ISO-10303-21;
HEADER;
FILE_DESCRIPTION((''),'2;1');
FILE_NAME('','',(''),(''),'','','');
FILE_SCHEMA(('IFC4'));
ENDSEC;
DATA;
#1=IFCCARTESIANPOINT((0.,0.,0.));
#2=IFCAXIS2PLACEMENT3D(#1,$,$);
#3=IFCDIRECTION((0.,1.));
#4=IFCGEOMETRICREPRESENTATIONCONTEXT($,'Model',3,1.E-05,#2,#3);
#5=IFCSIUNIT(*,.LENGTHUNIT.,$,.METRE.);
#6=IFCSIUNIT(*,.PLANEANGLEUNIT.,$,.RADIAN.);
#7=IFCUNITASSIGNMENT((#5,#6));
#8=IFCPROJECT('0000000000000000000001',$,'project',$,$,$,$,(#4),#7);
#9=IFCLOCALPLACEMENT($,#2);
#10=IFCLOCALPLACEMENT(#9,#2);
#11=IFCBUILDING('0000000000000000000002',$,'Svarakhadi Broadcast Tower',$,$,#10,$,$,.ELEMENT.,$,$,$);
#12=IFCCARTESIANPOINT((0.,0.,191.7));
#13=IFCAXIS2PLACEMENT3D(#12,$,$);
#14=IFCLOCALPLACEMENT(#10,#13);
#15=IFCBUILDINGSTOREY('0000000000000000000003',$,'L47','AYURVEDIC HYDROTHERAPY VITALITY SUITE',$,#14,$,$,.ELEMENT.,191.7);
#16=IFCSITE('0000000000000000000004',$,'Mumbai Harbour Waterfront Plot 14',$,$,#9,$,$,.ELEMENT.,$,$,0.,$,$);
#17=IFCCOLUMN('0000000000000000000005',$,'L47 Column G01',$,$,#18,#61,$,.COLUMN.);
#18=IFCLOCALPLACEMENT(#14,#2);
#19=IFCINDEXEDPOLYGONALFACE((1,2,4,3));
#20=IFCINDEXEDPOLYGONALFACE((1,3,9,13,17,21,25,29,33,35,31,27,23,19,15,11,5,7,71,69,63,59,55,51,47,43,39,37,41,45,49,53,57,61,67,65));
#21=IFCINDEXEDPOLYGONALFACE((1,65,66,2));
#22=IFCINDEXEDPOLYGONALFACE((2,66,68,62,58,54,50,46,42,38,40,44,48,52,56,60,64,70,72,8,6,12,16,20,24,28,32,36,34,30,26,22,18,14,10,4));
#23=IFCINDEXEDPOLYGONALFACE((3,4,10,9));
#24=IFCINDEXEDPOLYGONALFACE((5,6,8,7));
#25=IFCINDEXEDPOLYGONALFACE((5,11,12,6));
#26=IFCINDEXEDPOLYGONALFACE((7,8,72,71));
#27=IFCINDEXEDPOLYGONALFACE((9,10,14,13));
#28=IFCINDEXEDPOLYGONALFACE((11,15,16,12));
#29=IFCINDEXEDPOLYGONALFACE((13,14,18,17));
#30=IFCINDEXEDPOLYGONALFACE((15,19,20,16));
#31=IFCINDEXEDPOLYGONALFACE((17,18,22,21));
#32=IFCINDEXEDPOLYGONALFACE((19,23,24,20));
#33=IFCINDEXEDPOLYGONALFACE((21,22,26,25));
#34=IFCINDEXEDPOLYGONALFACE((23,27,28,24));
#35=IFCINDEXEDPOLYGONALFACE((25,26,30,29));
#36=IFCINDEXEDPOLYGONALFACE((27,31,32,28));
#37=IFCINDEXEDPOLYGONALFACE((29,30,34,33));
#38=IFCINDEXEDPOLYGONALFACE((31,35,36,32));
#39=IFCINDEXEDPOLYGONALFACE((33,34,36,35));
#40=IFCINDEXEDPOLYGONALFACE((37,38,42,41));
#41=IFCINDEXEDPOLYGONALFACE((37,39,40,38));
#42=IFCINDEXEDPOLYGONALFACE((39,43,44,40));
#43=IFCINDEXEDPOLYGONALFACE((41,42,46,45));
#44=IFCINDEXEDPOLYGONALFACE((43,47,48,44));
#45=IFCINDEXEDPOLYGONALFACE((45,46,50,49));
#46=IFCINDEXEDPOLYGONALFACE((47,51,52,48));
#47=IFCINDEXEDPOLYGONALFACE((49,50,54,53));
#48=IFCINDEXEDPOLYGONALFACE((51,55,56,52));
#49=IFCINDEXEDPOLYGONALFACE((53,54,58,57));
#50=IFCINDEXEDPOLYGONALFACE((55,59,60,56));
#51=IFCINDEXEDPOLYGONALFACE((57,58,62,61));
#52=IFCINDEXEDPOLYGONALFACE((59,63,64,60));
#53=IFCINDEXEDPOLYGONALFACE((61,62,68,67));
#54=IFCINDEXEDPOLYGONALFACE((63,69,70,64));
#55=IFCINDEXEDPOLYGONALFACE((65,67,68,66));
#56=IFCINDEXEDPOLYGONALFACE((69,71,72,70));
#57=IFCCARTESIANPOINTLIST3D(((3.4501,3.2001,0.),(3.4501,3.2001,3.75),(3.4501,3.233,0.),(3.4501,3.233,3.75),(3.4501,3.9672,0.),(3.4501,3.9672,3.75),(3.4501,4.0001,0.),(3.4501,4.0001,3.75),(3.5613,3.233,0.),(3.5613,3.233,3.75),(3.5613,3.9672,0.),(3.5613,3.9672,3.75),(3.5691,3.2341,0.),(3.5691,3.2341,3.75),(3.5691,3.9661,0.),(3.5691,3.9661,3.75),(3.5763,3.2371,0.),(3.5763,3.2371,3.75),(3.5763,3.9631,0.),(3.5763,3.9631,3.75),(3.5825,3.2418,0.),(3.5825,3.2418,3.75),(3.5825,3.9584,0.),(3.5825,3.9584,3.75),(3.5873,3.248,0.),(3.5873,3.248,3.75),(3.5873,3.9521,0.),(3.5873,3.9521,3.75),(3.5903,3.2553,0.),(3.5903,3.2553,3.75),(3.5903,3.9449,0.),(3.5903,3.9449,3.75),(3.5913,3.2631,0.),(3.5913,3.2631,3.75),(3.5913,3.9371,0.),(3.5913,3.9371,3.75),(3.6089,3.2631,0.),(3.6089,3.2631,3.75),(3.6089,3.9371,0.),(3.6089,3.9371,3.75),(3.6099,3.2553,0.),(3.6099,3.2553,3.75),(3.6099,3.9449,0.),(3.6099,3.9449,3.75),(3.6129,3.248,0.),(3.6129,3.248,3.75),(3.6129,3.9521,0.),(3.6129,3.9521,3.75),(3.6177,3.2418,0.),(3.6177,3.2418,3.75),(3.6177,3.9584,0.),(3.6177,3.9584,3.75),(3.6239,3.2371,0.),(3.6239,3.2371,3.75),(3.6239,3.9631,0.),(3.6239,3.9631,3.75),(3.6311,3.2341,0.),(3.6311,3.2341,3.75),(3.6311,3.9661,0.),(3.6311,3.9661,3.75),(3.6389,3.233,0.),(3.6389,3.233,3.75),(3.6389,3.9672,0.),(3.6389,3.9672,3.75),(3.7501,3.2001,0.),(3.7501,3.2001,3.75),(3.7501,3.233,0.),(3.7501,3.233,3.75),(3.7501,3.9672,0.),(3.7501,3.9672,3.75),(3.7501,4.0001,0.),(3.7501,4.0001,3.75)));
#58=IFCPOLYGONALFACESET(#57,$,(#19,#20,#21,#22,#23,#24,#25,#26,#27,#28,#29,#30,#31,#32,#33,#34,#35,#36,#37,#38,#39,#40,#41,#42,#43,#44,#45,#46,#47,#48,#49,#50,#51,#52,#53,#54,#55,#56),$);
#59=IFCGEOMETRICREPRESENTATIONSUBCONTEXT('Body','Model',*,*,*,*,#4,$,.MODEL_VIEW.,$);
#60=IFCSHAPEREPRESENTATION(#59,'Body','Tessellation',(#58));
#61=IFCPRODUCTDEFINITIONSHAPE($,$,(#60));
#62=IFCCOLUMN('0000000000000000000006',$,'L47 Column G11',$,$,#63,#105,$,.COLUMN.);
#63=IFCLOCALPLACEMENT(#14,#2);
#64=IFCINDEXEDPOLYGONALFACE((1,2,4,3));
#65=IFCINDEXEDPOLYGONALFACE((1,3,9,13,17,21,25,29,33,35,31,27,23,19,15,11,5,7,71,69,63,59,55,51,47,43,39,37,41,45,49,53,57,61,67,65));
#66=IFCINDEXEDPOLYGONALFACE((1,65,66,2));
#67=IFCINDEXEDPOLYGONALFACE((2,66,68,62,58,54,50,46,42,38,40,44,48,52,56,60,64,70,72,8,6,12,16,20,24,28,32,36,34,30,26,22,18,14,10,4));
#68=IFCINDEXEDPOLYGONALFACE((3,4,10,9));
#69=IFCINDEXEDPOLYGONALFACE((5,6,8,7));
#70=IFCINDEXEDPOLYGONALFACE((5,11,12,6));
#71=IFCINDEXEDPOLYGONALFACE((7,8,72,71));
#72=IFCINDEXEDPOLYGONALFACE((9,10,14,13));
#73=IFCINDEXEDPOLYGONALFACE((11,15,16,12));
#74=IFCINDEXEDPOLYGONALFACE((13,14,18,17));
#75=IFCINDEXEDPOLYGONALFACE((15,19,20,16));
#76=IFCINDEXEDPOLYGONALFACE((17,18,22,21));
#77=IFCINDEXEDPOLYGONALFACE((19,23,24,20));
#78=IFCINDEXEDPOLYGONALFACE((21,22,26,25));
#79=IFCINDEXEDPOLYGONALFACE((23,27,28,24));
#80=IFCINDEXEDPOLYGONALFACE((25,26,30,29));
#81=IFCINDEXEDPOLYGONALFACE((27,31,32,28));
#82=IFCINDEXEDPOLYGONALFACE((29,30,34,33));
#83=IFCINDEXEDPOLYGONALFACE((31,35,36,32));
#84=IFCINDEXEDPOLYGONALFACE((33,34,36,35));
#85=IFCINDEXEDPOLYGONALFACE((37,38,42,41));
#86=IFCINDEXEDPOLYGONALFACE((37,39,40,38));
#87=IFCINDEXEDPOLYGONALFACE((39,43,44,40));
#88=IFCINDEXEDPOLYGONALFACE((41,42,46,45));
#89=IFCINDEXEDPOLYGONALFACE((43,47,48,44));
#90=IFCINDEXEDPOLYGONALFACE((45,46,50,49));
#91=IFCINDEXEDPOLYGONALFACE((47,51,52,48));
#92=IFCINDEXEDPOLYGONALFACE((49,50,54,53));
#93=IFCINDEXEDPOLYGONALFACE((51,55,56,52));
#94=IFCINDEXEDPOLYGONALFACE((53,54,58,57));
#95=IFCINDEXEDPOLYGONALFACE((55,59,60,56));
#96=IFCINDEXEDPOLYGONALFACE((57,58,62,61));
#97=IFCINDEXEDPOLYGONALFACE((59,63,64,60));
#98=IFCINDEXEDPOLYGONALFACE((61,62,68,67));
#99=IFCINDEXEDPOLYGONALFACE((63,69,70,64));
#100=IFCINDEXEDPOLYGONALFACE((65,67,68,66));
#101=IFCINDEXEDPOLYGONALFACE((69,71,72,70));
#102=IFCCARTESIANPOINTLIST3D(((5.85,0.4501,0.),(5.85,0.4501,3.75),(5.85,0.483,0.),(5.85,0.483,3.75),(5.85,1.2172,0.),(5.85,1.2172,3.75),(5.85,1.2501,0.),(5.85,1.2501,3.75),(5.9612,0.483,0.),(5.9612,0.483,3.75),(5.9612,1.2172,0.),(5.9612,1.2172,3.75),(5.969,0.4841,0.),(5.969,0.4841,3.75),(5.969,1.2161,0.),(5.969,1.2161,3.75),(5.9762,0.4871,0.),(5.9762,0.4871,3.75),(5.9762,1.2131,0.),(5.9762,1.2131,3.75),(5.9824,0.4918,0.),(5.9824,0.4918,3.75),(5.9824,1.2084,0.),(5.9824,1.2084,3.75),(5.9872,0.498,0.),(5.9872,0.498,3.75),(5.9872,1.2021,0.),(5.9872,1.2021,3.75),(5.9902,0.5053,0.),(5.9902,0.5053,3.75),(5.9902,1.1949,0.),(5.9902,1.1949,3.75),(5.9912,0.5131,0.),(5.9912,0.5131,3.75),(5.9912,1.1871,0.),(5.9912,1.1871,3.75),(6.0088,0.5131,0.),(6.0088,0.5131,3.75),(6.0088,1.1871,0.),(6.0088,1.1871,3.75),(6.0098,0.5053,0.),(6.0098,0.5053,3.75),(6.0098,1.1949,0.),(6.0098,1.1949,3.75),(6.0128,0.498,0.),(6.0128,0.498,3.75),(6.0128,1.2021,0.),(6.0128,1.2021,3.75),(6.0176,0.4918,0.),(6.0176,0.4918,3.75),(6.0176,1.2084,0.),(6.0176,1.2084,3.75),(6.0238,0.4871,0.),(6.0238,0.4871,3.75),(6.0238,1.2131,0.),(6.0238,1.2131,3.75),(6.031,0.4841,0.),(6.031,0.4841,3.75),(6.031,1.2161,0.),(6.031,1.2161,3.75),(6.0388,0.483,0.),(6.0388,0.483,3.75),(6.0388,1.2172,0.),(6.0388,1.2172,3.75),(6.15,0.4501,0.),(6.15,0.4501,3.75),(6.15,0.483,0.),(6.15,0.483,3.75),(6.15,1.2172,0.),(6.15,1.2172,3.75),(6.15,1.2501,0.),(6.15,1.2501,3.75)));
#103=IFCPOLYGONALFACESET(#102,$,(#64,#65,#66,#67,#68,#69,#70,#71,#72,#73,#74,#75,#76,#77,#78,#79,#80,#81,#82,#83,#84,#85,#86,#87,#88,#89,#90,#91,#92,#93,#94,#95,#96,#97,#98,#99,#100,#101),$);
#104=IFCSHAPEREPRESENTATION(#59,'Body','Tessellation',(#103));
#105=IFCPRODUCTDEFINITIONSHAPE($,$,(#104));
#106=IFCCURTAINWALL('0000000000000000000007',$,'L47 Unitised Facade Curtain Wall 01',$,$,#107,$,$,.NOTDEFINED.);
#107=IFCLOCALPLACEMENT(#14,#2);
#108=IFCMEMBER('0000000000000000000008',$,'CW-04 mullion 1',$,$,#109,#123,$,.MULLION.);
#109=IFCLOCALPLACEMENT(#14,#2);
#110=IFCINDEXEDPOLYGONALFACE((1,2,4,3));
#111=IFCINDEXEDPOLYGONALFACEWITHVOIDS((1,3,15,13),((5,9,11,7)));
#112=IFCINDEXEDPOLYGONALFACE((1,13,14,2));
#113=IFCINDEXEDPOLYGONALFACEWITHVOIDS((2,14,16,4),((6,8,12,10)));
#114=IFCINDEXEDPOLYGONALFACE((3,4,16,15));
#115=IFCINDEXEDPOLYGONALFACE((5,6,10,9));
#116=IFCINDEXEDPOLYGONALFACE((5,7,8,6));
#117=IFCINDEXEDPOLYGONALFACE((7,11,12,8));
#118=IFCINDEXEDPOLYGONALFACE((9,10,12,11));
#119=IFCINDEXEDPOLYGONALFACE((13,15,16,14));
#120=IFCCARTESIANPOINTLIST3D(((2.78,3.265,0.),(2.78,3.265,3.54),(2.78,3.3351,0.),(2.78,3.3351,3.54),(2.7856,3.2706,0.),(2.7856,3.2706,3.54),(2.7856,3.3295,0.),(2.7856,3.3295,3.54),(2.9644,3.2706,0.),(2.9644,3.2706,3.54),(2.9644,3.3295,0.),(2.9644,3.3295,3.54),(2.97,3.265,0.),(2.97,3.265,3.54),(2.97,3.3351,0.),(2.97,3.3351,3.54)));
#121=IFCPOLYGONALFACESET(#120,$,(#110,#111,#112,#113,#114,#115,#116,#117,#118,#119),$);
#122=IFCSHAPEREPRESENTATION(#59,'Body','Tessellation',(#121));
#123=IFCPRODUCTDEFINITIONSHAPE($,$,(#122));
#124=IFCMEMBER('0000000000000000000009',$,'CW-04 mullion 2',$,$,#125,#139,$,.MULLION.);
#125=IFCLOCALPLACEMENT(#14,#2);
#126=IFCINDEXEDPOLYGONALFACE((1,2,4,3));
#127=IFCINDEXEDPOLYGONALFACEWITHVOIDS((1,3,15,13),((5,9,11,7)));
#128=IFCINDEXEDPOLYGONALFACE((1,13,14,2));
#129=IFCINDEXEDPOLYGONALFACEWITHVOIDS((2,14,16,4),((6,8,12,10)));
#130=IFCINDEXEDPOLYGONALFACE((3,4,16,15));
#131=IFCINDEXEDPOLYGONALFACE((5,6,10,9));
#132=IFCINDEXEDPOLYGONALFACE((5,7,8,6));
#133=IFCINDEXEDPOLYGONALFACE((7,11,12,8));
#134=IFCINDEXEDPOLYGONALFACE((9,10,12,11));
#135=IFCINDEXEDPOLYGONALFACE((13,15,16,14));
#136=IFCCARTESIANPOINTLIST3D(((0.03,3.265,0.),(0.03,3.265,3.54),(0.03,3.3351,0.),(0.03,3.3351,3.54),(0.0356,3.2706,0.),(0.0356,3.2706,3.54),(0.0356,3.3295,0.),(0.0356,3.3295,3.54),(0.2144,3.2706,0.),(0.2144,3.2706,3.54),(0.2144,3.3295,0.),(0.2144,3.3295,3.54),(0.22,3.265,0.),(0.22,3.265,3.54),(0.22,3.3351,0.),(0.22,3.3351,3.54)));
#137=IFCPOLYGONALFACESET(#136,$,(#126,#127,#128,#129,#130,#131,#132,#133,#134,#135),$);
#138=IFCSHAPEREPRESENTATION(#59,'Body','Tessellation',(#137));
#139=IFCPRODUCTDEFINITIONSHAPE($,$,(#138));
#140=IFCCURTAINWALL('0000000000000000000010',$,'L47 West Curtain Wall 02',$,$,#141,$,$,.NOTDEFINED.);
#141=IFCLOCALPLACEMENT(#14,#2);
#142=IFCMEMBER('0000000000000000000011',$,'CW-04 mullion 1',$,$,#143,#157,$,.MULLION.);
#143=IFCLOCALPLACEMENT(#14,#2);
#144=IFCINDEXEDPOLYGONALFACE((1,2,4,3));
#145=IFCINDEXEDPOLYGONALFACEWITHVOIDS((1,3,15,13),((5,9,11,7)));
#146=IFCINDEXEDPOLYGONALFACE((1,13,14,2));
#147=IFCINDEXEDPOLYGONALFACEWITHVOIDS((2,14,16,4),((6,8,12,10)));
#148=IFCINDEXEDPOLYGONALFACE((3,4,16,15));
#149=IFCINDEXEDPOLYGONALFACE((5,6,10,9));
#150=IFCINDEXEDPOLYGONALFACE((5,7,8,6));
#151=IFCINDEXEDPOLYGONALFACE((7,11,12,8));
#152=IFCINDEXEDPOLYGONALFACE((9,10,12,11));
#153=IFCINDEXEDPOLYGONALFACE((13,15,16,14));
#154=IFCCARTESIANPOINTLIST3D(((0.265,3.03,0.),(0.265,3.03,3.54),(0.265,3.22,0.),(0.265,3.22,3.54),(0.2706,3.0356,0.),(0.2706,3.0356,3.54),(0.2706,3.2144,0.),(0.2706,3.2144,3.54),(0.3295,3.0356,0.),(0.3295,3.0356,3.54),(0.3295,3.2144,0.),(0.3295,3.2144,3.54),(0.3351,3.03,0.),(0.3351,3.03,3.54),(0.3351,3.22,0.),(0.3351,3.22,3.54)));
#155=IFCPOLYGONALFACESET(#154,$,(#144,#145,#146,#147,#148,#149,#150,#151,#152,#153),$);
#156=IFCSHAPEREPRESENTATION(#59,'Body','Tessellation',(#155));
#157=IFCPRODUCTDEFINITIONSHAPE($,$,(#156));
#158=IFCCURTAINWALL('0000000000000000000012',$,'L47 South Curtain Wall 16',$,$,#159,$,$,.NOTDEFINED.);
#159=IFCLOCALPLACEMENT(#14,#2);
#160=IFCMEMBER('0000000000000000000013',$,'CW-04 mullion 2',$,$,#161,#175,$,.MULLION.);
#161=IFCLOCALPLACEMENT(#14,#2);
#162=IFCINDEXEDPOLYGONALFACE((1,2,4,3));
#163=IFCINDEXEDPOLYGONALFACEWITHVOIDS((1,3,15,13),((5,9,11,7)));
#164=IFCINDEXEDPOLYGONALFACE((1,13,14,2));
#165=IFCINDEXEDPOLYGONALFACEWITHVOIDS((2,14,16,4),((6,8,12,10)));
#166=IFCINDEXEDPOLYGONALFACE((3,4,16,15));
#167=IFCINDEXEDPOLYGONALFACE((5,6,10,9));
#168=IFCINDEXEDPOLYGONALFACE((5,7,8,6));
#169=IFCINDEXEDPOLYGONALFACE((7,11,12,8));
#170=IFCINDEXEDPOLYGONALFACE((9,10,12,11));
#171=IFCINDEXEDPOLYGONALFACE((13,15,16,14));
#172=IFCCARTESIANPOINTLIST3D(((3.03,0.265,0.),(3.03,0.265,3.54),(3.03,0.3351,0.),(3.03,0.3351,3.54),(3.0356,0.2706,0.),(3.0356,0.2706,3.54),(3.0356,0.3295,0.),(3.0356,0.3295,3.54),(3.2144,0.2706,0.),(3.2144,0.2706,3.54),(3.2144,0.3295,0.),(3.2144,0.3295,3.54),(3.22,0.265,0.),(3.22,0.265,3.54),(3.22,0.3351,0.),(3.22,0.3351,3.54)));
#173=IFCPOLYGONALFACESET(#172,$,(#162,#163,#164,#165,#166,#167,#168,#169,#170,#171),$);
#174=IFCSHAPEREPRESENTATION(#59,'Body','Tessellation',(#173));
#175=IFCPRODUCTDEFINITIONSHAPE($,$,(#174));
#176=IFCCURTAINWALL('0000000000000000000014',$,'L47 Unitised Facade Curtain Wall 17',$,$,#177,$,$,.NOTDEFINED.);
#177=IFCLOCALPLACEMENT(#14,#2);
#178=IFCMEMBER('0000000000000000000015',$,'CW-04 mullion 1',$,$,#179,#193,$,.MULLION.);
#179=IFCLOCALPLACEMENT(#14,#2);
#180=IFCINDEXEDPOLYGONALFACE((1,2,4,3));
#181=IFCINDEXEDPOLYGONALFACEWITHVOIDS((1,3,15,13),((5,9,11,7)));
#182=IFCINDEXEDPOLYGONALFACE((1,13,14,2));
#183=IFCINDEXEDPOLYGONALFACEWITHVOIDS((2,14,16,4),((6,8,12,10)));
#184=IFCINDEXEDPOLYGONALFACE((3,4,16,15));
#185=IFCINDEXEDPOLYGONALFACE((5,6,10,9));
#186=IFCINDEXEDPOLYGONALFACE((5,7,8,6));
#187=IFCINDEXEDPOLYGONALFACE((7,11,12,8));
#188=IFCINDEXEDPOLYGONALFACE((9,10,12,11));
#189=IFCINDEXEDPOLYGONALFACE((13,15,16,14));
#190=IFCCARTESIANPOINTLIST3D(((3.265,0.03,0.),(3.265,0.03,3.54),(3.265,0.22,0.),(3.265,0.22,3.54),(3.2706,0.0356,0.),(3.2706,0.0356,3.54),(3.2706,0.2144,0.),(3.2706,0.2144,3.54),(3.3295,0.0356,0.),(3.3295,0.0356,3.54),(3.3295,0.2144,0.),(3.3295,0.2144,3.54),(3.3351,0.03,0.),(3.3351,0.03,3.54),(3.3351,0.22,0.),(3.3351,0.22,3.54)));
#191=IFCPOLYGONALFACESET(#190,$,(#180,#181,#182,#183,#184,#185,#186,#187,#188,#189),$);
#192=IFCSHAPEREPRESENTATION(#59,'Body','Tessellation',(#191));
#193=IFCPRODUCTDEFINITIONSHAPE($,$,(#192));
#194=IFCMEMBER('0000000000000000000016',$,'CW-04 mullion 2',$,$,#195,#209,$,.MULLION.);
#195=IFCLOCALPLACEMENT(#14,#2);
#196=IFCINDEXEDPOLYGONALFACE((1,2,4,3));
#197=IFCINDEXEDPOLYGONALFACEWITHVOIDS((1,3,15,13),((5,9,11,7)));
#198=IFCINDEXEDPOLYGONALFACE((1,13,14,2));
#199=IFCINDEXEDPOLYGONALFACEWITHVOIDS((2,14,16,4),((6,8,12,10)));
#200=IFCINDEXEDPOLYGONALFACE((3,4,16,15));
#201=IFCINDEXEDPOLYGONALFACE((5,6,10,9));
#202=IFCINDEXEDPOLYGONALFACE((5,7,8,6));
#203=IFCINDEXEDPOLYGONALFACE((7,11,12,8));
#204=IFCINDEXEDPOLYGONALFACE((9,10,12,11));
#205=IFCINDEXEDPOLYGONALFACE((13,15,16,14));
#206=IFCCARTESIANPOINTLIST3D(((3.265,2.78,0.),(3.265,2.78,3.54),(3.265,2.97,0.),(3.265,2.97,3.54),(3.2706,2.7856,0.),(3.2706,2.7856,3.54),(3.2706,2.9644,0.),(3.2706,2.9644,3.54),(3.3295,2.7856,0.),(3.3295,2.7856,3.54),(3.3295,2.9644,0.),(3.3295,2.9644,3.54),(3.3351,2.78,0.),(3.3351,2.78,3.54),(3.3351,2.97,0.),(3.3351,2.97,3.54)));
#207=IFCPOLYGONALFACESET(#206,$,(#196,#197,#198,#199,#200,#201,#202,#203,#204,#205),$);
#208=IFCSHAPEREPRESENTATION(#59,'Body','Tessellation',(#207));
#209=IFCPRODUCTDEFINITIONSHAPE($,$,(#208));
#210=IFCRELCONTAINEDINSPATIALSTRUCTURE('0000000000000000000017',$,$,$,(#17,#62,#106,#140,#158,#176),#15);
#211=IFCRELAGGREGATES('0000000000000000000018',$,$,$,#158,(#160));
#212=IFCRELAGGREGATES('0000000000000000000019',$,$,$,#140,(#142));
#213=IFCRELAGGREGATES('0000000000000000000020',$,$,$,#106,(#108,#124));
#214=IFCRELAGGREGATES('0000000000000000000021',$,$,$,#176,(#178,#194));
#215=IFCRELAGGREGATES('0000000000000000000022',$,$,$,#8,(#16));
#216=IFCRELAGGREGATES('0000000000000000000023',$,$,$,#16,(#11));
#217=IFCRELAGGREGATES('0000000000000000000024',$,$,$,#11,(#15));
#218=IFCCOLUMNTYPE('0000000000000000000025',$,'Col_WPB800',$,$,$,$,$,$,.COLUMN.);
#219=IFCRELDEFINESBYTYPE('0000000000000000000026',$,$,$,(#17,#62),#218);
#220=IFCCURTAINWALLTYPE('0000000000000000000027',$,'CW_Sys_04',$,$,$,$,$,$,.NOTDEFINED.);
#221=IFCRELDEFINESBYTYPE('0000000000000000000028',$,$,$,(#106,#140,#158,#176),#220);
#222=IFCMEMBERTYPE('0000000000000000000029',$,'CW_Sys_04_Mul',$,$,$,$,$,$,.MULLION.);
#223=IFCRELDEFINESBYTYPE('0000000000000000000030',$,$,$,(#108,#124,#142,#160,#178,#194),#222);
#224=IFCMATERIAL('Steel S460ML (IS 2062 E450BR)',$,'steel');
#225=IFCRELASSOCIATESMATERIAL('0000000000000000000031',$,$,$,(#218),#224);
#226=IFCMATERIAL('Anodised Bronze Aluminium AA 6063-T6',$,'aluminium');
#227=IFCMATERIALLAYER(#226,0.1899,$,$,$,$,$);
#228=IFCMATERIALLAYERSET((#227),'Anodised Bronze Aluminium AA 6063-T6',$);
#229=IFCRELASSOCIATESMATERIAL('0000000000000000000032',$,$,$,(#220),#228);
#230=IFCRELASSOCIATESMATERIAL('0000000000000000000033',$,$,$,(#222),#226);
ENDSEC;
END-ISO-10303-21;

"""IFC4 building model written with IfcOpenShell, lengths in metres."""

from ifc_helpers import new_model, si_unit, direction, frame, origin, origin_2d, place, context, subcontext, project, spatial, hollow_rectangle, i_section, extrude, material, layer, layer_set, material_profile, profile_set, type_object, element, aggregate, save


model = new_model("IFC4")

# Units and contexts
model_context = context("Model", 3, precision=1e-05, world=origin(), true_north=direction((0.0, 1.0)))
body_context = subcontext(model_context, "Body", "Model", "MODEL_VIEW")
ifc_project = project(units=[si_unit("LENGTHUNIT", "METRE"), si_unit("PLANEANGLEUNIT", "RADIAN")], contexts=[model_context])

# Site, building, storey
site_placement = place(None, origin())
site = spatial("IfcSite", under=ifc_project, at=site_placement, Name="Mumbai Harbour Waterfront Plot 14", CompositionType="ELEMENT", RefElevation=0.0)
building_placement = place(site_placement, origin())
building = spatial("IfcBuilding", under=site, at=building_placement, Name="Svarakhadi Broadcast Tower", CompositionType="ELEMENT")
storey_placement = place(building_placement, frame((0.0, 0.0, 191.7)))
storey = spatial("IfcBuildingStorey", under=building, at=storey_placement, Name="L47", Description="AYURVEDIC HYDROTHERAPY VITALITY SUITE", CompositionType="ELEMENT", Elevation=191.7)

# Columns
ifc_material_1 = material(Name="Steel S460ML (IS 2062 E450BR)", Category="steel")
ifc_material_profile_1 = material_profile(ifc_material_1, i_section(OverallWidth=0.3, OverallDepth=0.8, WebThickness=0.0176, FlangeThickness=0.033, FilletRadius=0.03, at=origin_2d()), Name="WPB 800x300x262")
ifc_profile_set_1 = profile_set([ifc_material_profile_1], Name="Steel S460ML (IS 2062 E450BR)")
column_type = type_object("IfcColumnType", Name="Col_WPB800", PredefinedType="COLUMN", material=ifc_profile_set_1)
for number, where, z_axis, x_axis, name in (
    (1, (3.6001, 3.6001, 0.0), (0.0, 0.0, 1.0), (1.0, 0.0, 0.0), "L47 Column G01"),
    (2, (6.0, 0.8501, 0.0), (0.0, 0.0, 1.0), (1.0, 0.0, 0.0), "L47 Column G11"),
):
    element("IfcColumn", number, at=place(storey_placement, frame(where, z_axis=z_axis, x_axis=x_axis)), inside=storey, type_object=column_type, Name=name, PredefinedType="COLUMN", context=body_context, shape_type="SweptSolid", body=[
        extrude(i_section(OverallWidth=0.3, OverallDepth=0.8, WebThickness=0.0176, FlangeThickness=0.033, FilletRadius=0.03, at=origin_2d()), origin(), (0.0, 0.0, 1.0), 3.75),
    ])

# Curtain wall, members
ifc_material_2 = material(Name="Anodised Bronze Aluminium AA 6063-T6", Category="aluminium")
ifc_layer_1 = layer(ifc_material_2, 0.1899)
ifc_layer_set_1 = layer_set([ifc_layer_1], Name="Anodised Bronze Aluminium AA 6063-T6")
curtain_wall_type = type_object("IfcCurtainWallType", Name="CW_Sys_04", PredefinedType="NOTDEFINED", material=ifc_layer_set_1)
curtain_wall_1_placement = place(storey_placement, origin())
curtain_wall_1 = element("IfcCurtainWall", 3, at=curtain_wall_1_placement, inside=storey, type_object=curtain_wall_type, Name="L47 Unitised Facade Curtain Wall 01", PredefinedType="NOTDEFINED")
ifc_material_profile_2 = material_profile(ifc_material_2, hollow_rectangle(XDim=0.0701, YDim=0.1899, WallThickness=0.0056, at=origin_2d()), Name="ALU MULLION 190x70x6")
ifc_profile_set_2 = profile_set([ifc_material_profile_2], Name="Anodised Bronze Aluminium AA 6063-T6")
member_type_1 = type_object("IfcMemberType", Name="CW_Sys_04_Mul", PredefinedType="MULLION", material=ifc_profile_set_2)
member_1_placement = place(storey_placement, frame((2.875, 3.3, 0.0), z_axis=(0.0, 0.0, 1.0), x_axis=(0.0, -1.0, 0.0)))
member_1 = element("IfcMember", 4, at=member_1_placement, type_object=member_type_1, Name="CW-04 mullion 1", PredefinedType="MULLION", context=body_context, shape_type="SweptSolid", body=[
    extrude(hollow_rectangle(XDim=0.0701, YDim=0.1899, WallThickness=0.0056, at=origin_2d()), origin(), (0.0, 0.0, 1.0), 3.54),
])
member_2_placement = place(storey_placement, frame((0.125, 3.3, 0.0), z_axis=(0.0, 0.0, 1.0), x_axis=(0.0, -1.0, 0.0)))
member_2 = element("IfcMember", 5, at=member_2_placement, type_object=member_type_1, Name="CW-04 mullion 2", PredefinedType="MULLION", context=body_context, shape_type="SweptSolid", body=[
    extrude(hollow_rectangle(XDim=0.0701, YDim=0.1899, WallThickness=0.0056, at=origin_2d()), origin(), (0.0, 0.0, 1.0), 3.54),
])

# Curtain walls, members
curtain_wall_2_placement = place(storey_placement, origin())
curtain_wall_2 = element("IfcCurtainWall", 6, at=curtain_wall_2_placement, inside=storey, type_object=curtain_wall_type, Name="L47 West Curtain Wall 02", PredefinedType="NOTDEFINED")
member_3_placement = place(storey_placement, frame((0.3, 3.125, 0.0), z_axis=(0.0, 0.0, 1.0), x_axis=(-1.0, 0.0, 0.0)))
member_3 = element("IfcMember", 7, at=member_3_placement, type_object=member_type_1, Name="CW-04 mullion 1", PredefinedType="MULLION", context=body_context, shape_type="SweptSolid", body=[
    extrude(hollow_rectangle(XDim=0.0701, YDim=0.1899, WallThickness=0.0056, at=origin_2d()), origin(), (0.0, 0.0, 1.0), 3.54),
])
curtain_wall_3_placement = place(storey_placement, origin())
curtain_wall_3 = element("IfcCurtainWall", 8, at=curtain_wall_3_placement, inside=storey, type_object=curtain_wall_type, Name="L47 South Curtain Wall 16", PredefinedType="NOTDEFINED")
member_4_placement = place(storey_placement, frame((3.125, 0.3, 0.0), z_axis=(0.0, 0.0, 1.0), x_axis=(0.0, -1.0, 0.0)))
member_4 = element("IfcMember", 9, at=member_4_placement, type_object=member_type_1, Name="CW-04 mullion 2", PredefinedType="MULLION", context=body_context, shape_type="SweptSolid", body=[
    extrude(hollow_rectangle(XDim=0.0701, YDim=0.1899, WallThickness=0.0056, at=origin_2d()), origin(), (0.0, 0.0, 1.0), 3.54),
])
aggregate(curtain_wall_3, [member_4])

# Curtain wall, members
curtain_wall_4_placement = place(storey_placement, origin())
curtain_wall_4 = element("IfcCurtainWall", 10, at=curtain_wall_4_placement, inside=storey, type_object=curtain_wall_type, Name="L47 Unitised Facade Curtain Wall 17", PredefinedType="NOTDEFINED")
member_5_placement = place(storey_placement, frame((3.3, 0.125, 0.0), z_axis=(0.0, 0.0, 1.0), x_axis=(-1.0, 0.0, 0.0)))
member_5 = element("IfcMember", 11, at=member_5_placement, type_object=member_type_1, Name="CW-04 mullion 1", PredefinedType="MULLION", context=body_context, shape_type="SweptSolid", body=[
    extrude(hollow_rectangle(XDim=0.0701, YDim=0.1899, WallThickness=0.0056, at=origin_2d()), origin(), (0.0, 0.0, 1.0), 3.54),
])
member_6_placement = place(storey_placement, frame((3.3, 2.875, 0.0), z_axis=(0.0, 0.0, 1.0), x_axis=(-1.0, 0.0, 0.0)))
member_6 = element("IfcMember", 12, at=member_6_placement, type_object=member_type_1, Name="CW-04 mullion 2", PredefinedType="MULLION", context=body_context, shape_type="SweptSolid", body=[
    extrude(hollow_rectangle(XDim=0.0701, YDim=0.1899, WallThickness=0.0056, at=origin_2d()), origin(), (0.0, 0.0, 1.0), 3.54),
])

aggregate(curtain_wall_2, [member_3])

aggregate(curtain_wall_1, [member_1, member_2])
aggregate(curtain_wall_4, [member_5, member_6])

save(model, "model.ifc")
